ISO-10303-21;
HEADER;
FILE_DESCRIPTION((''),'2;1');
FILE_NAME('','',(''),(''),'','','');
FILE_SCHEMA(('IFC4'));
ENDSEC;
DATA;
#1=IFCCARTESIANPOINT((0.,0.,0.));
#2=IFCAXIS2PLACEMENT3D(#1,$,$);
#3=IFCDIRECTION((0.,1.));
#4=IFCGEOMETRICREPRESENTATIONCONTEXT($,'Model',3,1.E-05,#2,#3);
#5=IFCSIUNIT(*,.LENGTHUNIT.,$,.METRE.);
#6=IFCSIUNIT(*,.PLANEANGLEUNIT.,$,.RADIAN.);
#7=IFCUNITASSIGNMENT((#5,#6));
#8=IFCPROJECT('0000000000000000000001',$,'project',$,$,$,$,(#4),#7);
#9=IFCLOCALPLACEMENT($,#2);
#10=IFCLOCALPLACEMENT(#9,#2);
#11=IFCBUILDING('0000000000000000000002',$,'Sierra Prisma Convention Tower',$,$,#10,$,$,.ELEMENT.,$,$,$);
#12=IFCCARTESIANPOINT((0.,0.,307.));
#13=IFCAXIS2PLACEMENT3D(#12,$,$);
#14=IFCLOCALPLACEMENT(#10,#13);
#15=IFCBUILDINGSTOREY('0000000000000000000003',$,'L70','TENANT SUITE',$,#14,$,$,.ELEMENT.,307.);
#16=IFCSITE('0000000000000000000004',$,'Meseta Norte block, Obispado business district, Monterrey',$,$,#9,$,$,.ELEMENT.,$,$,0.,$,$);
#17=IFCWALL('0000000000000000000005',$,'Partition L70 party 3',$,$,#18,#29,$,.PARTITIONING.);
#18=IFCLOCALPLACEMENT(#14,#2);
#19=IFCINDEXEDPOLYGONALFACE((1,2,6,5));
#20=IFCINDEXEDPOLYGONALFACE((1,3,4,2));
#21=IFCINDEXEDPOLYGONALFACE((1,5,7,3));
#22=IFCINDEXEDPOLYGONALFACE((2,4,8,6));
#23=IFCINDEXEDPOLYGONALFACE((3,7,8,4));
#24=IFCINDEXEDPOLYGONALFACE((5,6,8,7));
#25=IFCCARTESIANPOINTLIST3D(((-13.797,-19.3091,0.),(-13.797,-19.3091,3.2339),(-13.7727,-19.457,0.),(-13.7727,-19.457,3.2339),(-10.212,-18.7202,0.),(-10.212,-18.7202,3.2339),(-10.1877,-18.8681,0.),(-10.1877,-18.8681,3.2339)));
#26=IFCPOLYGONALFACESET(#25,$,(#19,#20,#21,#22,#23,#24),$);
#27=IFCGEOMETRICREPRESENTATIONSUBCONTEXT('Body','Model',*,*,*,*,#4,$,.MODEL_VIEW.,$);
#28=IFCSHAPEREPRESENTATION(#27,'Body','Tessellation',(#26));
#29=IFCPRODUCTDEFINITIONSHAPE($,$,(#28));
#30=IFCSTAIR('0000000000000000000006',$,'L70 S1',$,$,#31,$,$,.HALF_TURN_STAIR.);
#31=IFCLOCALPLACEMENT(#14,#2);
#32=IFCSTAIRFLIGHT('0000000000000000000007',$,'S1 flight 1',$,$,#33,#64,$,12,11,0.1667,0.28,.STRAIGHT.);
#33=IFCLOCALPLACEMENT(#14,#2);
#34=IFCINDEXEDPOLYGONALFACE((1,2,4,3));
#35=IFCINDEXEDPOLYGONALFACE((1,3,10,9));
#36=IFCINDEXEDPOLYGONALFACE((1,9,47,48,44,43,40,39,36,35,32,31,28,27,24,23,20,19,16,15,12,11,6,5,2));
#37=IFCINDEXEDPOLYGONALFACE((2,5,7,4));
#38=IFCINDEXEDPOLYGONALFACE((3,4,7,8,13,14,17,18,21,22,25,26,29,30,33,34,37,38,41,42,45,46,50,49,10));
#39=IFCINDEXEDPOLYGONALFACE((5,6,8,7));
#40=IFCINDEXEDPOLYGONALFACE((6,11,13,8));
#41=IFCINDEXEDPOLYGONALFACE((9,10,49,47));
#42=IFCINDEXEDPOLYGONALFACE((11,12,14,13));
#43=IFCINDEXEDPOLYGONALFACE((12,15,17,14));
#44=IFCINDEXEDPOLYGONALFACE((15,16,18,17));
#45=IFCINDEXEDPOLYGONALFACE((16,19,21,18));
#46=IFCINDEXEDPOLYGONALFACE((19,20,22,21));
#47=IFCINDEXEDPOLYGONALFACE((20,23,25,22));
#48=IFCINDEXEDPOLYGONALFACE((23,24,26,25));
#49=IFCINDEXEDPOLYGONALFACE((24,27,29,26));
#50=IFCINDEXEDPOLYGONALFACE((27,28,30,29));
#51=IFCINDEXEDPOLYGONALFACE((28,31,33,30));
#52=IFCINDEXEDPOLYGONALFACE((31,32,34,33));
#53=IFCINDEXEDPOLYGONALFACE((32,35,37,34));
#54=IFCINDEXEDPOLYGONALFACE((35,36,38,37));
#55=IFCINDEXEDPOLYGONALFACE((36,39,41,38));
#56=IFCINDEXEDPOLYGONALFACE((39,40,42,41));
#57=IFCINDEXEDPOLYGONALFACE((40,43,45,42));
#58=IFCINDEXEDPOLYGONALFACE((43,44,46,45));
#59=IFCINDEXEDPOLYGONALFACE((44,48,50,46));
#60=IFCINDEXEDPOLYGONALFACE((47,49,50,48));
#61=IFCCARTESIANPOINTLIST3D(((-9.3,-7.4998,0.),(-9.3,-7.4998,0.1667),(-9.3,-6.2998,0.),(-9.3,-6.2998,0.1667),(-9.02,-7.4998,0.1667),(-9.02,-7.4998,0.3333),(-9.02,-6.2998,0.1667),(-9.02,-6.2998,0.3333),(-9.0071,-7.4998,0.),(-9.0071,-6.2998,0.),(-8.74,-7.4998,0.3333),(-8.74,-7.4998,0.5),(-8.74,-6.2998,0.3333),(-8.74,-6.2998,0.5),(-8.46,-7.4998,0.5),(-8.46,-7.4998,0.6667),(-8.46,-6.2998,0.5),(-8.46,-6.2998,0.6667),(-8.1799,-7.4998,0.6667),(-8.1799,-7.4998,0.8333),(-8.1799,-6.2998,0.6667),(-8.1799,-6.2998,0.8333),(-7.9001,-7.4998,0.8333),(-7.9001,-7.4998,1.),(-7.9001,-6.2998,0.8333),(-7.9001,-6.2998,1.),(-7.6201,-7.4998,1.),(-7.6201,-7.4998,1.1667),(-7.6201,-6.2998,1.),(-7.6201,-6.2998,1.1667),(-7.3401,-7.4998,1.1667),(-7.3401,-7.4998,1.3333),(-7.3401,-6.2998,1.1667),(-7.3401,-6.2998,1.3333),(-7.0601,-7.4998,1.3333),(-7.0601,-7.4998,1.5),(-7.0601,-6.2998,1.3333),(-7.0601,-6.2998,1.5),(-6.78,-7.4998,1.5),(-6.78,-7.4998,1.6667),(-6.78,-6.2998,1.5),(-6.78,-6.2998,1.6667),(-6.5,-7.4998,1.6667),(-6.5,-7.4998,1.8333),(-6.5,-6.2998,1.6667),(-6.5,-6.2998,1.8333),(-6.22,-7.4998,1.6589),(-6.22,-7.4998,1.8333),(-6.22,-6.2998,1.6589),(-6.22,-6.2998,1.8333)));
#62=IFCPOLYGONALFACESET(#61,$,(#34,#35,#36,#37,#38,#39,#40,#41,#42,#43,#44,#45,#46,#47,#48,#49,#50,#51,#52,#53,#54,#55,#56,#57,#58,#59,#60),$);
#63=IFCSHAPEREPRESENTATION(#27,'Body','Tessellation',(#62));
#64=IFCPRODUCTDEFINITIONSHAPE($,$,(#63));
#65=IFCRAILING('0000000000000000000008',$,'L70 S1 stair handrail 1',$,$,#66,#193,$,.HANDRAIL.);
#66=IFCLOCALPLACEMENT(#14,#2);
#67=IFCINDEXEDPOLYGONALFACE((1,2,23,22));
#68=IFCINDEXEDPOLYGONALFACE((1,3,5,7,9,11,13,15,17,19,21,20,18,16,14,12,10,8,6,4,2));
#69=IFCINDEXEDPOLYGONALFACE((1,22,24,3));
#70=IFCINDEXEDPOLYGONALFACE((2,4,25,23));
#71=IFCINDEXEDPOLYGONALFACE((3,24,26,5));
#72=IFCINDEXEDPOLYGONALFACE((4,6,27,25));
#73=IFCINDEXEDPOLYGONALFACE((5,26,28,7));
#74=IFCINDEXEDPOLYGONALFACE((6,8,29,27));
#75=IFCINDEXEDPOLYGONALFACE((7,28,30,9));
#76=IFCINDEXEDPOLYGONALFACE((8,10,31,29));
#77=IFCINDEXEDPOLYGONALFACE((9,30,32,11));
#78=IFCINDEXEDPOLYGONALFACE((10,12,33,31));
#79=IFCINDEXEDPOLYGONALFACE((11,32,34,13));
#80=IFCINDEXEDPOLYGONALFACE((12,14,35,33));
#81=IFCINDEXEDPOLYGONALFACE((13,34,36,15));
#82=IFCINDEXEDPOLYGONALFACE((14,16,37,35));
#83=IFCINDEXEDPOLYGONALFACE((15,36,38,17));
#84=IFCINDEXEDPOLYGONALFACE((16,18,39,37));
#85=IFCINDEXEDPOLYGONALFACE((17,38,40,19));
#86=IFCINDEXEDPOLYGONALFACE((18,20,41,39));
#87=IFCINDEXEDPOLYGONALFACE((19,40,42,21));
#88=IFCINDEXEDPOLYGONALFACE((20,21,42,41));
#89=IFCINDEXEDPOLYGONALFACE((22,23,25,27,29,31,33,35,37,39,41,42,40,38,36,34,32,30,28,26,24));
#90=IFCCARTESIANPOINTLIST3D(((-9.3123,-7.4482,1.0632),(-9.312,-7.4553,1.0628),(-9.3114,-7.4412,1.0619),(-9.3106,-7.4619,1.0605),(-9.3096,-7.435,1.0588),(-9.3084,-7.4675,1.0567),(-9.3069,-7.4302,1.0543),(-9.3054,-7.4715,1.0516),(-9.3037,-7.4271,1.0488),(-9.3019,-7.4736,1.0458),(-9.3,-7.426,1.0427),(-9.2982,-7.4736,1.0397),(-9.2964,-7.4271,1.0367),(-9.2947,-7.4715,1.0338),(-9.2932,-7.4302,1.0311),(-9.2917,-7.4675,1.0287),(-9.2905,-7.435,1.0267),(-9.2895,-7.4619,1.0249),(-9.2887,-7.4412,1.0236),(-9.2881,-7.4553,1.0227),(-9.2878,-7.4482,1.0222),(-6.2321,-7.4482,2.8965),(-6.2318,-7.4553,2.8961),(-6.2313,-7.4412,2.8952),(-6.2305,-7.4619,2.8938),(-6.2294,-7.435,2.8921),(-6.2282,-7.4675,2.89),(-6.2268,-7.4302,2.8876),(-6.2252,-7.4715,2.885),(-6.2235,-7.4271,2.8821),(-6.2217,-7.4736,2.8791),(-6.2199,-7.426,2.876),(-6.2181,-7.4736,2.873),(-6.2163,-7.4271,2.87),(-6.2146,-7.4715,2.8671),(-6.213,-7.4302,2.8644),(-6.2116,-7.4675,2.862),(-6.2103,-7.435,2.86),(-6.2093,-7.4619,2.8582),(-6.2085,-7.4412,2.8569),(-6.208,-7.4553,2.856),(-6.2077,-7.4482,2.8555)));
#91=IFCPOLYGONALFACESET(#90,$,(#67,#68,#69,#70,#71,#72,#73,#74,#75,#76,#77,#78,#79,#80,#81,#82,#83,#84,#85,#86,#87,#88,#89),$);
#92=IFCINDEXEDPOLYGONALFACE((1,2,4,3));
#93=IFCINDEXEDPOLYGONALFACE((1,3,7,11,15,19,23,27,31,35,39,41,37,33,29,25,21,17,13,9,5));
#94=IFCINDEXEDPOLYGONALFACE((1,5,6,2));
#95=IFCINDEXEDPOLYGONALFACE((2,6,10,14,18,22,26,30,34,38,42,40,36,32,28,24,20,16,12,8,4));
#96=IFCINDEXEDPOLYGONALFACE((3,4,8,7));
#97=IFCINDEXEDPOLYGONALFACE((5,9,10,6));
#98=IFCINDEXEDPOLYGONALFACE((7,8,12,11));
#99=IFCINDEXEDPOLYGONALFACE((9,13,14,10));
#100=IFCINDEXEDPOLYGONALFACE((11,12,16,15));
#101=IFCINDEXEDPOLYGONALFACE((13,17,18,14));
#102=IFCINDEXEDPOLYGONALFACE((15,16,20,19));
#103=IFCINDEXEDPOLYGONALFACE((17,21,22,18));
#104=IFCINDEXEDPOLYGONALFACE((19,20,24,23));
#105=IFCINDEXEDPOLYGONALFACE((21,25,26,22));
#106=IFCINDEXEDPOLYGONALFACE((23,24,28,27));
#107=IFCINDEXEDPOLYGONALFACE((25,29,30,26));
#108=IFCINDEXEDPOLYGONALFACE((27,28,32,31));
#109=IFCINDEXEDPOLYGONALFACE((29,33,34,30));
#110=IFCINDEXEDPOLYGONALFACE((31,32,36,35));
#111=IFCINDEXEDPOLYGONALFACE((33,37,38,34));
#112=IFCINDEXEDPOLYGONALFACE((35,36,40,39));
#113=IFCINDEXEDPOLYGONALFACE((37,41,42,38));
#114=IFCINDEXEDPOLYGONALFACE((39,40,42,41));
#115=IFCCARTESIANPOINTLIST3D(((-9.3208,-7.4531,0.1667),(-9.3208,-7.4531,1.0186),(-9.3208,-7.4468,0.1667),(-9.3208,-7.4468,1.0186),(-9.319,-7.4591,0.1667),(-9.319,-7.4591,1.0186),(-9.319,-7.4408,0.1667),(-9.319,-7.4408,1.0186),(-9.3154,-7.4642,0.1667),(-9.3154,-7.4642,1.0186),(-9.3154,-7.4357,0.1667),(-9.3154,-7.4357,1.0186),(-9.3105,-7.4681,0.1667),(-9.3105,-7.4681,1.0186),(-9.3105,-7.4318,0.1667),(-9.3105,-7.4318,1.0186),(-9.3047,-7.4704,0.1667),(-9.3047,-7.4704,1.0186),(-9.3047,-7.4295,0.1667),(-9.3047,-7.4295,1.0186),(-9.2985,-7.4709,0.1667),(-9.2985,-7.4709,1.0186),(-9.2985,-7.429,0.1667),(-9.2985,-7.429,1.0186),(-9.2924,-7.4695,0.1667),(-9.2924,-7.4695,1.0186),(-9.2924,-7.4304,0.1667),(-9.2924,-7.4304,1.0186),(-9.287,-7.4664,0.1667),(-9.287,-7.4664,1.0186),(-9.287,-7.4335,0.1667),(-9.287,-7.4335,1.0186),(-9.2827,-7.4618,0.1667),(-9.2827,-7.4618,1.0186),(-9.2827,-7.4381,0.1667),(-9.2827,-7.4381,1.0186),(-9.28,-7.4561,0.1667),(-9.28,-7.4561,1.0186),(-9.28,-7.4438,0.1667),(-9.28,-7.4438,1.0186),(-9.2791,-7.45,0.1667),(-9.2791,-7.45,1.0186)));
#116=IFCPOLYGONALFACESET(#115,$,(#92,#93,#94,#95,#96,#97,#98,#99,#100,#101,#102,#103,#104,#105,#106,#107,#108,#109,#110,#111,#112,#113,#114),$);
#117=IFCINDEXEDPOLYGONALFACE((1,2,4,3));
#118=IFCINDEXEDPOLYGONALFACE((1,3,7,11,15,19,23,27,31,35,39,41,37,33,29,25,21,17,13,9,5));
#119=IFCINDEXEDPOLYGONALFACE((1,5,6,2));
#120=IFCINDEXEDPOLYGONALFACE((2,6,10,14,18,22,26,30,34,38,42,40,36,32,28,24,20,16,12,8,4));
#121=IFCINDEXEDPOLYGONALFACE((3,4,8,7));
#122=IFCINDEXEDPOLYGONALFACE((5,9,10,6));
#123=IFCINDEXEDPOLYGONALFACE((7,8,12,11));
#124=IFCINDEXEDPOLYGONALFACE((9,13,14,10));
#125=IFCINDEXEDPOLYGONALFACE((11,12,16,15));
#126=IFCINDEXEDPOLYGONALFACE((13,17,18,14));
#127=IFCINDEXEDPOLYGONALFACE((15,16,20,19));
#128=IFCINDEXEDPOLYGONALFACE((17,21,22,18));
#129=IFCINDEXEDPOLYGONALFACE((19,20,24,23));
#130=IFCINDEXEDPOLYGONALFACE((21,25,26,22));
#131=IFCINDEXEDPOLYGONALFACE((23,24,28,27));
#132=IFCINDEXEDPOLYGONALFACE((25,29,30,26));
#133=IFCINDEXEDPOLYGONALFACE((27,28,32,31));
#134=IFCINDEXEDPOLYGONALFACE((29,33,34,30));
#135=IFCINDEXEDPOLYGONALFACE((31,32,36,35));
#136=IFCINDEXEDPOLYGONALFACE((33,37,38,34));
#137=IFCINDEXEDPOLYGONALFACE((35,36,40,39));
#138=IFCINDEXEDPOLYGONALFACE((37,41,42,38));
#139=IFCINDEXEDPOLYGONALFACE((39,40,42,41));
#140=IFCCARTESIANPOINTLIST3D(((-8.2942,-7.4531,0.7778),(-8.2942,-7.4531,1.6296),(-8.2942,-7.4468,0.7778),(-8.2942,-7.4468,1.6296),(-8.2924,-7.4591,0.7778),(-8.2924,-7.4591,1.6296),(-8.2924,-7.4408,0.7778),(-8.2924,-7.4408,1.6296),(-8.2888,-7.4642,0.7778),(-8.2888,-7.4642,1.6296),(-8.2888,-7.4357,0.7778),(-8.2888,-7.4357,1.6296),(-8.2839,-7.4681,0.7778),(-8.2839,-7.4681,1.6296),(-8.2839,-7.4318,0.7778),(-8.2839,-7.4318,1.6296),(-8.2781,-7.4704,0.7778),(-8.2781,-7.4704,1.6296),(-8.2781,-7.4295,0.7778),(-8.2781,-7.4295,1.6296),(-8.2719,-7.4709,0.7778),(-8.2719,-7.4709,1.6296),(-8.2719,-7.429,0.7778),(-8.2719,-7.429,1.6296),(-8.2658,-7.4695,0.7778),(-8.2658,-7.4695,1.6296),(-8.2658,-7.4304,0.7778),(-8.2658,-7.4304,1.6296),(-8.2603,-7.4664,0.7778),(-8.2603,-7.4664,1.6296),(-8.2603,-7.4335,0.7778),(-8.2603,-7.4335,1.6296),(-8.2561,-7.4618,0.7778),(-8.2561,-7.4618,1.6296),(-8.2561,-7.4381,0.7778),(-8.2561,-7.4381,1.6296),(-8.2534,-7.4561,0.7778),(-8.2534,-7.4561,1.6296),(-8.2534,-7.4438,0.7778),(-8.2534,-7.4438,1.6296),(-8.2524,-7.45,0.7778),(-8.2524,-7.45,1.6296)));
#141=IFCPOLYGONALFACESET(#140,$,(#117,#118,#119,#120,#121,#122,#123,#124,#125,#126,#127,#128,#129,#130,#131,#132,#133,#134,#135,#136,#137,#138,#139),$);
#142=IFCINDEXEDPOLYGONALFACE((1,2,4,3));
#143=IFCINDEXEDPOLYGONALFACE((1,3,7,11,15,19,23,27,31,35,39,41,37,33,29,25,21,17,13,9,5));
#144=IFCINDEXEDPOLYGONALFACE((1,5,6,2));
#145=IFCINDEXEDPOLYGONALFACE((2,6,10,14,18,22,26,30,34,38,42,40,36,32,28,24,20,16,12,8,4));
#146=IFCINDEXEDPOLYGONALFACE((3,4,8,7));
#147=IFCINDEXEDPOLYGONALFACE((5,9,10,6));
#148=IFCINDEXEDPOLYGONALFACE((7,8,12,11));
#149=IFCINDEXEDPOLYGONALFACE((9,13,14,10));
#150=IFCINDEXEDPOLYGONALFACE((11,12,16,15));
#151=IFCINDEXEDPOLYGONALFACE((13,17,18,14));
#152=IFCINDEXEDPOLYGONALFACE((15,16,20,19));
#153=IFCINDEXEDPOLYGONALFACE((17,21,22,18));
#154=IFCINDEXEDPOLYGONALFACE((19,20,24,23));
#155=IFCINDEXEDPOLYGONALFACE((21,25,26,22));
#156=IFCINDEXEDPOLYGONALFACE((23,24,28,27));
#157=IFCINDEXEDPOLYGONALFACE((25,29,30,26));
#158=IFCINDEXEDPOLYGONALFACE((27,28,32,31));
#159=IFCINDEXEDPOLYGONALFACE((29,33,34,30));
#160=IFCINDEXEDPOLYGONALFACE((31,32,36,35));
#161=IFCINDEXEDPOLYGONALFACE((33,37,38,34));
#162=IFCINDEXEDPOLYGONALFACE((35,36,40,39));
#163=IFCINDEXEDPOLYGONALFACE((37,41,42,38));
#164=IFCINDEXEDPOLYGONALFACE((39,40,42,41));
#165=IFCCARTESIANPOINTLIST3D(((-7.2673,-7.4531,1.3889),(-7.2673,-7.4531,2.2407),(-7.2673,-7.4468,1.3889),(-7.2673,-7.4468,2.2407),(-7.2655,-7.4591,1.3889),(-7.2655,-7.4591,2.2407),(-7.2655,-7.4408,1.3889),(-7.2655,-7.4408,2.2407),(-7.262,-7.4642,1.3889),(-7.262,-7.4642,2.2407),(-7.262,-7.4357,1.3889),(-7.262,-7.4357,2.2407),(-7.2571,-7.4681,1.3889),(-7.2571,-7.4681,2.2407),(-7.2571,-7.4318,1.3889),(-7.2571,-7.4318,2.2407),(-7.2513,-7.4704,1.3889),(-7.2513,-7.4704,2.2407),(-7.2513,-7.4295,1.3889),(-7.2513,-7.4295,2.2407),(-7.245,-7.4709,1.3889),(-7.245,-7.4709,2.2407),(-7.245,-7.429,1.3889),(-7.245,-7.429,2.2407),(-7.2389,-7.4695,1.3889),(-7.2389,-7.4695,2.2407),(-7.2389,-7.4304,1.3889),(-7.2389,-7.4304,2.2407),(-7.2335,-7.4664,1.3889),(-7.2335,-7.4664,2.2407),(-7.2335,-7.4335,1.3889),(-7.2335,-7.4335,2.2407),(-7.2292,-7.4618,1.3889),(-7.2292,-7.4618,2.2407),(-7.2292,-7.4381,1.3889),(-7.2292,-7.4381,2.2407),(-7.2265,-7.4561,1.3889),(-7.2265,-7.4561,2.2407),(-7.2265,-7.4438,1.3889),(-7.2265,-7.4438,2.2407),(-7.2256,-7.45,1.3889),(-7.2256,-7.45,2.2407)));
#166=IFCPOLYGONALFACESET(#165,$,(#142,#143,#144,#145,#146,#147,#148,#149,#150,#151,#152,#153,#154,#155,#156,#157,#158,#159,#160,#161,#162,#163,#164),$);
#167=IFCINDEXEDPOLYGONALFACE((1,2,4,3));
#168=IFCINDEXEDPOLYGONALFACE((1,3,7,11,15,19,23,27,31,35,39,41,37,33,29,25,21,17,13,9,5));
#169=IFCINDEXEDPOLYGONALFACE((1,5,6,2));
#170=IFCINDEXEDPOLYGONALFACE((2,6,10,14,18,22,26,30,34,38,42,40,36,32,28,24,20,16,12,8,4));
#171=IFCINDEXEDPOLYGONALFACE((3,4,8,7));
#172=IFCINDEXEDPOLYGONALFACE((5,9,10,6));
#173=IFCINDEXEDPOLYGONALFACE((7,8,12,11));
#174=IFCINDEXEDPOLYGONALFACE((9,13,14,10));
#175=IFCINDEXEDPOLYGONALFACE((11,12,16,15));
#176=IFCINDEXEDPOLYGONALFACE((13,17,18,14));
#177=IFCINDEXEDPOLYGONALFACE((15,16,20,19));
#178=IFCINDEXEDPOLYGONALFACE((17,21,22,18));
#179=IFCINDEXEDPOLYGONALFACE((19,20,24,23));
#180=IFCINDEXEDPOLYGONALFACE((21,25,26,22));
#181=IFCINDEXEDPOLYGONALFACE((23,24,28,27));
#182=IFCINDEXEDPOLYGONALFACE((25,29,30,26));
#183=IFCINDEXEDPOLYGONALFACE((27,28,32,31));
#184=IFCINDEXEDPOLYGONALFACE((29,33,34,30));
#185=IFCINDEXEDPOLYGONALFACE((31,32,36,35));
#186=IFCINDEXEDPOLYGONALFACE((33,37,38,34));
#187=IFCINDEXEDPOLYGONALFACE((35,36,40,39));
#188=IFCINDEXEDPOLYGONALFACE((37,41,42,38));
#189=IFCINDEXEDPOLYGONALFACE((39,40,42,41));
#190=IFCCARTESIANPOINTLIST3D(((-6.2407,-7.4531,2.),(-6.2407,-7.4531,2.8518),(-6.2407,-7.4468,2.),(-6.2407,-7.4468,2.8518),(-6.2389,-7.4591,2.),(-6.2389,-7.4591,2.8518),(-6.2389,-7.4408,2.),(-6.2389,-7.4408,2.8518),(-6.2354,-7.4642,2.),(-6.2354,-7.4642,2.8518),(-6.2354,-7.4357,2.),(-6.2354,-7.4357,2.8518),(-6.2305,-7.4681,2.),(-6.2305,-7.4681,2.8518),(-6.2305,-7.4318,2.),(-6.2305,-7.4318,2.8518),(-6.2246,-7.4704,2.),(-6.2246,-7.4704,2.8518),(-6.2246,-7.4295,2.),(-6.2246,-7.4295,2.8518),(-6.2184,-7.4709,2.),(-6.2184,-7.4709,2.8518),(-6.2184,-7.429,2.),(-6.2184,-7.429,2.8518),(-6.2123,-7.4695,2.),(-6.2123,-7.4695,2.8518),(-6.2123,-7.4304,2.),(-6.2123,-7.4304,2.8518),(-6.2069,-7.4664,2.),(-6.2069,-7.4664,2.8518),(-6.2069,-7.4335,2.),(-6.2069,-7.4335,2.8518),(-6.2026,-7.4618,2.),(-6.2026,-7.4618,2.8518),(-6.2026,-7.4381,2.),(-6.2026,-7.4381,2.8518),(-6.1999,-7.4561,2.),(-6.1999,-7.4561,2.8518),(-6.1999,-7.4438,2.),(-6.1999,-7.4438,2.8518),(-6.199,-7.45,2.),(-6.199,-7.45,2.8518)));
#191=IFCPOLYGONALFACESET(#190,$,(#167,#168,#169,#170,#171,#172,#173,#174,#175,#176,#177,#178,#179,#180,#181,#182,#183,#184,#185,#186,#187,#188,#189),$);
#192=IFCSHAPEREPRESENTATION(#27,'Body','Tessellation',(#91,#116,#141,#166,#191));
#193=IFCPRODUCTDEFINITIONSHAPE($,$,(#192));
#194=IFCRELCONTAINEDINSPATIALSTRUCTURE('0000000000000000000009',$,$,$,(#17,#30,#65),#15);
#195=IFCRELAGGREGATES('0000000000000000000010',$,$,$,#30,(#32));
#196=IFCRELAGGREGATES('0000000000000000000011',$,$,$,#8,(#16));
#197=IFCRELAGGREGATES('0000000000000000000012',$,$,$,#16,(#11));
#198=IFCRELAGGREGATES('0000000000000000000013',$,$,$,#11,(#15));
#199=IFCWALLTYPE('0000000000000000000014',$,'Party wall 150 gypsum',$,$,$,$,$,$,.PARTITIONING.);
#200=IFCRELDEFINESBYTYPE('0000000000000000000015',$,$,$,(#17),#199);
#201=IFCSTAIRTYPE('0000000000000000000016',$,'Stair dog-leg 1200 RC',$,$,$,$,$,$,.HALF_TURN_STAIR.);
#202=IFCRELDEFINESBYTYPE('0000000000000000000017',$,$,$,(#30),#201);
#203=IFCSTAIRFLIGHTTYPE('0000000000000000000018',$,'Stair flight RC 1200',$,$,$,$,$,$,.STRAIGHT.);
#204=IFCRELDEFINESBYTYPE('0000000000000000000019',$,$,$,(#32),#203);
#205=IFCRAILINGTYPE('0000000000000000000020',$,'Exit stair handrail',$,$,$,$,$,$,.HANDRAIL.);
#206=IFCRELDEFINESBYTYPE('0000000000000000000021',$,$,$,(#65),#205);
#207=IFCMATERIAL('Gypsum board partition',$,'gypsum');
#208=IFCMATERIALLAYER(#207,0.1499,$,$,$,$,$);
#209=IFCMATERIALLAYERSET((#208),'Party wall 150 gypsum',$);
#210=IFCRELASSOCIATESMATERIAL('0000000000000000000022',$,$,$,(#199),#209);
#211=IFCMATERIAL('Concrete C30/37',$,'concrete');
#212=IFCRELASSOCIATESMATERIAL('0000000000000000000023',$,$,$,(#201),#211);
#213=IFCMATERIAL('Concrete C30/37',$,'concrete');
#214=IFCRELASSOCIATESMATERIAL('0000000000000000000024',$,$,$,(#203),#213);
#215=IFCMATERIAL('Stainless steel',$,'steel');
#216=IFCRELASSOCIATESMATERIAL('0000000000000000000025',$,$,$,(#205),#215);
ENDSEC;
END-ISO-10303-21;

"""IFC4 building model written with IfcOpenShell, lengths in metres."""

from ifc_helpers import new_model, si_unit, direction, frame, frame_2d, origin, origin_2d, place, context, subcontext, project, spatial, polyline, rectangle, circle, outline, extrude, material, layer, layer_set, type_object, element, aggregate, save


model = new_model("IFC4")

# Units and contexts
model_context = context("Model", 3, precision=1e-05, world=origin(), true_north=direction((0.0, 1.0)))
body_context = subcontext(model_context, "Body", "Model", "MODEL_VIEW")
ifc_project = project(units=[si_unit("LENGTHUNIT", "METRE"), si_unit("PLANEANGLEUNIT", "RADIAN")], contexts=[model_context])

# Site, building, storey
site_placement = place(None, origin())
site = spatial("IfcSite", under=ifc_project, at=site_placement, Name="Meseta Norte block, Obispado business district, Monterrey", CompositionType="ELEMENT", RefElevation=0.0)
building_placement = place(site_placement, origin())
building = spatial("IfcBuilding", under=site, at=building_placement, Name="Sierra Prisma Convention Tower", CompositionType="ELEMENT")
storey_placement = place(building_placement, frame((0.0, 0.0, 307.0)))
storey = spatial("IfcBuildingStorey", under=building, at=storey_placement, Name="L70", Description="TENANT SUITE", CompositionType="ELEMENT", Elevation=307.0)

# Wall
ifc_material_1 = material(Name="Gypsum board partition", Category="gypsum")
ifc_layer_1 = layer(ifc_material_1, 0.1499)
ifc_layer_set_1 = layer_set([ifc_layer_1], Name="Party wall 150 gypsum")
wall_type_1 = type_object("IfcWallType", Name="Party wall 150 gypsum", PredefinedType="PARTITIONING", material=ifc_layer_set_1)
wall_1_placement = place(storey_placement, frame((-10.2, -18.7942, 0.0), z_axis=(0.0, 0.0, 1.0), x_axis=(-0.986776, -0.162088, 0.0)))
element("IfcWall", 1, at=wall_1_placement, inside=storey, type_object=wall_type_1, Name="Partition L70 party 3", PredefinedType="PARTITIONING", context=body_context, shape_type="SweptSolid", body=[
    extrude(rectangle(XDim=3.6331, YDim=0.1499, at=frame_2d((1.8164, 0.0))), origin(), (0.0, 0.0, 1.0), 3.2339),
])

# Stair, stair flight
ifc_material_2 = material(Name="Concrete C30/37", Category="concrete")
stair_type = type_object("IfcStairType", Name="Stair dog-leg 1200 RC", PredefinedType="HALF_TURN_STAIR", material=ifc_material_2)
stair_placement = place(storey_placement, origin())
stair = element("IfcStair", 2, at=stair_placement, inside=storey, type_object=stair_type, Name="L70 S1", PredefinedType="HALF_TURN_STAIR")
ifc_material_3 = material(Name="Concrete C30/37", Category="concrete")
stair_flight_type = type_object("IfcStairFlightType", Name="Stair flight RC 1200", PredefinedType="STRAIGHT", material=ifc_material_3)
stair_flight_placement = place(storey_placement, frame((-9.3, -6.8999, 0.0), z_axis=(0.0, 0.0, 1.0), x_axis=(1.0, 0.0, 0.0)))
stair_flight = element("IfcStairFlight", 3, at=stair_flight_placement, type_object=stair_flight_type, Name="S1 flight 1", NumberOfRisers=12, NumberOfTreads=11, PredefinedType="STRAIGHT", RiserHeight=0.1667, TreadLength=0.28, context=body_context, shape_type="SweptSolid", body=[
    extrude(outline(polyline([(0.0, 0.0), (0.0, 0.1667), (0.28, 0.1667), (0.28, 0.3333), (0.5601, 0.3333), (0.5601, 0.5), (0.8401, 0.5), (0.8401, 0.6667), (1.1201, 0.6667), (1.1201, 0.8333), (1.3999, 0.8333), (1.3999, 1.0), (1.6799, 1.0), (1.6799, 1.1667), (1.96, 1.1667), (1.96, 1.3333), (2.24, 1.3333), (2.24, 1.5), (2.52, 1.5), (2.52, 1.6667), (2.8, 1.6667), (2.8, 1.8333), (3.0801, 1.8333), (3.0801, 2.0), (3.0801, 1.6589), (0.293, 0.0), (0.0, 0.0)])), frame((0.0, 0.6001, 0.0), z_axis=(0.0, -1.0, 0.0), x_axis=(1.0, 0.0, 0.0)), (0.0, 0.0, 1.0), 1.2),
])
aggregate(stair, [stair_flight])

# Railing
ifc_material_4 = material(Name="Stainless steel", Category="steel")
railing_type = type_object("IfcRailingType", Name="Exit stair handrail", PredefinedType="HANDRAIL", material=ifc_material_4)
railing_placement = place(storey_placement, frame((-9.3, -7.45, 0.1667)))
element("IfcRailing", 4, at=railing_placement, inside=storey, type_object=railing_type, Name="L70 S1 stair handrail 1", PredefinedType="HANDRAIL", context=body_context, shape_type="SweptSolid", body=[
    extrude(circle(Radius=0.0239, at=origin_2d()), frame((0.0, 0.0, 0.876), z_axis=(0.859309, 0.0, 0.511458), x_axis=(0.0, 1.0, 0.0)), (0.0, 0.0, 1.0), 3.5845),
    extrude(circle(Radius=0.021, at=origin_2d()), origin(), (0.0, 0.0, 1.0), 0.8518),
    extrude(circle(Radius=0.021, at=origin_2d()), frame((1.0266, 0.0, 0.6111)), (0.0, 0.0, 1.0), 0.8518),
    extrude(circle(Radius=0.021, at=origin_2d()), frame((2.0535, 0.0, 1.2222)), (0.0, 0.0, 1.0), 0.8518),
    extrude(circle(Radius=0.021, at=origin_2d()), frame((3.0801, 0.0, 1.8333)), (0.0, 0.0, 1.0), 0.8518),
])

save(model, "model.ifc")
